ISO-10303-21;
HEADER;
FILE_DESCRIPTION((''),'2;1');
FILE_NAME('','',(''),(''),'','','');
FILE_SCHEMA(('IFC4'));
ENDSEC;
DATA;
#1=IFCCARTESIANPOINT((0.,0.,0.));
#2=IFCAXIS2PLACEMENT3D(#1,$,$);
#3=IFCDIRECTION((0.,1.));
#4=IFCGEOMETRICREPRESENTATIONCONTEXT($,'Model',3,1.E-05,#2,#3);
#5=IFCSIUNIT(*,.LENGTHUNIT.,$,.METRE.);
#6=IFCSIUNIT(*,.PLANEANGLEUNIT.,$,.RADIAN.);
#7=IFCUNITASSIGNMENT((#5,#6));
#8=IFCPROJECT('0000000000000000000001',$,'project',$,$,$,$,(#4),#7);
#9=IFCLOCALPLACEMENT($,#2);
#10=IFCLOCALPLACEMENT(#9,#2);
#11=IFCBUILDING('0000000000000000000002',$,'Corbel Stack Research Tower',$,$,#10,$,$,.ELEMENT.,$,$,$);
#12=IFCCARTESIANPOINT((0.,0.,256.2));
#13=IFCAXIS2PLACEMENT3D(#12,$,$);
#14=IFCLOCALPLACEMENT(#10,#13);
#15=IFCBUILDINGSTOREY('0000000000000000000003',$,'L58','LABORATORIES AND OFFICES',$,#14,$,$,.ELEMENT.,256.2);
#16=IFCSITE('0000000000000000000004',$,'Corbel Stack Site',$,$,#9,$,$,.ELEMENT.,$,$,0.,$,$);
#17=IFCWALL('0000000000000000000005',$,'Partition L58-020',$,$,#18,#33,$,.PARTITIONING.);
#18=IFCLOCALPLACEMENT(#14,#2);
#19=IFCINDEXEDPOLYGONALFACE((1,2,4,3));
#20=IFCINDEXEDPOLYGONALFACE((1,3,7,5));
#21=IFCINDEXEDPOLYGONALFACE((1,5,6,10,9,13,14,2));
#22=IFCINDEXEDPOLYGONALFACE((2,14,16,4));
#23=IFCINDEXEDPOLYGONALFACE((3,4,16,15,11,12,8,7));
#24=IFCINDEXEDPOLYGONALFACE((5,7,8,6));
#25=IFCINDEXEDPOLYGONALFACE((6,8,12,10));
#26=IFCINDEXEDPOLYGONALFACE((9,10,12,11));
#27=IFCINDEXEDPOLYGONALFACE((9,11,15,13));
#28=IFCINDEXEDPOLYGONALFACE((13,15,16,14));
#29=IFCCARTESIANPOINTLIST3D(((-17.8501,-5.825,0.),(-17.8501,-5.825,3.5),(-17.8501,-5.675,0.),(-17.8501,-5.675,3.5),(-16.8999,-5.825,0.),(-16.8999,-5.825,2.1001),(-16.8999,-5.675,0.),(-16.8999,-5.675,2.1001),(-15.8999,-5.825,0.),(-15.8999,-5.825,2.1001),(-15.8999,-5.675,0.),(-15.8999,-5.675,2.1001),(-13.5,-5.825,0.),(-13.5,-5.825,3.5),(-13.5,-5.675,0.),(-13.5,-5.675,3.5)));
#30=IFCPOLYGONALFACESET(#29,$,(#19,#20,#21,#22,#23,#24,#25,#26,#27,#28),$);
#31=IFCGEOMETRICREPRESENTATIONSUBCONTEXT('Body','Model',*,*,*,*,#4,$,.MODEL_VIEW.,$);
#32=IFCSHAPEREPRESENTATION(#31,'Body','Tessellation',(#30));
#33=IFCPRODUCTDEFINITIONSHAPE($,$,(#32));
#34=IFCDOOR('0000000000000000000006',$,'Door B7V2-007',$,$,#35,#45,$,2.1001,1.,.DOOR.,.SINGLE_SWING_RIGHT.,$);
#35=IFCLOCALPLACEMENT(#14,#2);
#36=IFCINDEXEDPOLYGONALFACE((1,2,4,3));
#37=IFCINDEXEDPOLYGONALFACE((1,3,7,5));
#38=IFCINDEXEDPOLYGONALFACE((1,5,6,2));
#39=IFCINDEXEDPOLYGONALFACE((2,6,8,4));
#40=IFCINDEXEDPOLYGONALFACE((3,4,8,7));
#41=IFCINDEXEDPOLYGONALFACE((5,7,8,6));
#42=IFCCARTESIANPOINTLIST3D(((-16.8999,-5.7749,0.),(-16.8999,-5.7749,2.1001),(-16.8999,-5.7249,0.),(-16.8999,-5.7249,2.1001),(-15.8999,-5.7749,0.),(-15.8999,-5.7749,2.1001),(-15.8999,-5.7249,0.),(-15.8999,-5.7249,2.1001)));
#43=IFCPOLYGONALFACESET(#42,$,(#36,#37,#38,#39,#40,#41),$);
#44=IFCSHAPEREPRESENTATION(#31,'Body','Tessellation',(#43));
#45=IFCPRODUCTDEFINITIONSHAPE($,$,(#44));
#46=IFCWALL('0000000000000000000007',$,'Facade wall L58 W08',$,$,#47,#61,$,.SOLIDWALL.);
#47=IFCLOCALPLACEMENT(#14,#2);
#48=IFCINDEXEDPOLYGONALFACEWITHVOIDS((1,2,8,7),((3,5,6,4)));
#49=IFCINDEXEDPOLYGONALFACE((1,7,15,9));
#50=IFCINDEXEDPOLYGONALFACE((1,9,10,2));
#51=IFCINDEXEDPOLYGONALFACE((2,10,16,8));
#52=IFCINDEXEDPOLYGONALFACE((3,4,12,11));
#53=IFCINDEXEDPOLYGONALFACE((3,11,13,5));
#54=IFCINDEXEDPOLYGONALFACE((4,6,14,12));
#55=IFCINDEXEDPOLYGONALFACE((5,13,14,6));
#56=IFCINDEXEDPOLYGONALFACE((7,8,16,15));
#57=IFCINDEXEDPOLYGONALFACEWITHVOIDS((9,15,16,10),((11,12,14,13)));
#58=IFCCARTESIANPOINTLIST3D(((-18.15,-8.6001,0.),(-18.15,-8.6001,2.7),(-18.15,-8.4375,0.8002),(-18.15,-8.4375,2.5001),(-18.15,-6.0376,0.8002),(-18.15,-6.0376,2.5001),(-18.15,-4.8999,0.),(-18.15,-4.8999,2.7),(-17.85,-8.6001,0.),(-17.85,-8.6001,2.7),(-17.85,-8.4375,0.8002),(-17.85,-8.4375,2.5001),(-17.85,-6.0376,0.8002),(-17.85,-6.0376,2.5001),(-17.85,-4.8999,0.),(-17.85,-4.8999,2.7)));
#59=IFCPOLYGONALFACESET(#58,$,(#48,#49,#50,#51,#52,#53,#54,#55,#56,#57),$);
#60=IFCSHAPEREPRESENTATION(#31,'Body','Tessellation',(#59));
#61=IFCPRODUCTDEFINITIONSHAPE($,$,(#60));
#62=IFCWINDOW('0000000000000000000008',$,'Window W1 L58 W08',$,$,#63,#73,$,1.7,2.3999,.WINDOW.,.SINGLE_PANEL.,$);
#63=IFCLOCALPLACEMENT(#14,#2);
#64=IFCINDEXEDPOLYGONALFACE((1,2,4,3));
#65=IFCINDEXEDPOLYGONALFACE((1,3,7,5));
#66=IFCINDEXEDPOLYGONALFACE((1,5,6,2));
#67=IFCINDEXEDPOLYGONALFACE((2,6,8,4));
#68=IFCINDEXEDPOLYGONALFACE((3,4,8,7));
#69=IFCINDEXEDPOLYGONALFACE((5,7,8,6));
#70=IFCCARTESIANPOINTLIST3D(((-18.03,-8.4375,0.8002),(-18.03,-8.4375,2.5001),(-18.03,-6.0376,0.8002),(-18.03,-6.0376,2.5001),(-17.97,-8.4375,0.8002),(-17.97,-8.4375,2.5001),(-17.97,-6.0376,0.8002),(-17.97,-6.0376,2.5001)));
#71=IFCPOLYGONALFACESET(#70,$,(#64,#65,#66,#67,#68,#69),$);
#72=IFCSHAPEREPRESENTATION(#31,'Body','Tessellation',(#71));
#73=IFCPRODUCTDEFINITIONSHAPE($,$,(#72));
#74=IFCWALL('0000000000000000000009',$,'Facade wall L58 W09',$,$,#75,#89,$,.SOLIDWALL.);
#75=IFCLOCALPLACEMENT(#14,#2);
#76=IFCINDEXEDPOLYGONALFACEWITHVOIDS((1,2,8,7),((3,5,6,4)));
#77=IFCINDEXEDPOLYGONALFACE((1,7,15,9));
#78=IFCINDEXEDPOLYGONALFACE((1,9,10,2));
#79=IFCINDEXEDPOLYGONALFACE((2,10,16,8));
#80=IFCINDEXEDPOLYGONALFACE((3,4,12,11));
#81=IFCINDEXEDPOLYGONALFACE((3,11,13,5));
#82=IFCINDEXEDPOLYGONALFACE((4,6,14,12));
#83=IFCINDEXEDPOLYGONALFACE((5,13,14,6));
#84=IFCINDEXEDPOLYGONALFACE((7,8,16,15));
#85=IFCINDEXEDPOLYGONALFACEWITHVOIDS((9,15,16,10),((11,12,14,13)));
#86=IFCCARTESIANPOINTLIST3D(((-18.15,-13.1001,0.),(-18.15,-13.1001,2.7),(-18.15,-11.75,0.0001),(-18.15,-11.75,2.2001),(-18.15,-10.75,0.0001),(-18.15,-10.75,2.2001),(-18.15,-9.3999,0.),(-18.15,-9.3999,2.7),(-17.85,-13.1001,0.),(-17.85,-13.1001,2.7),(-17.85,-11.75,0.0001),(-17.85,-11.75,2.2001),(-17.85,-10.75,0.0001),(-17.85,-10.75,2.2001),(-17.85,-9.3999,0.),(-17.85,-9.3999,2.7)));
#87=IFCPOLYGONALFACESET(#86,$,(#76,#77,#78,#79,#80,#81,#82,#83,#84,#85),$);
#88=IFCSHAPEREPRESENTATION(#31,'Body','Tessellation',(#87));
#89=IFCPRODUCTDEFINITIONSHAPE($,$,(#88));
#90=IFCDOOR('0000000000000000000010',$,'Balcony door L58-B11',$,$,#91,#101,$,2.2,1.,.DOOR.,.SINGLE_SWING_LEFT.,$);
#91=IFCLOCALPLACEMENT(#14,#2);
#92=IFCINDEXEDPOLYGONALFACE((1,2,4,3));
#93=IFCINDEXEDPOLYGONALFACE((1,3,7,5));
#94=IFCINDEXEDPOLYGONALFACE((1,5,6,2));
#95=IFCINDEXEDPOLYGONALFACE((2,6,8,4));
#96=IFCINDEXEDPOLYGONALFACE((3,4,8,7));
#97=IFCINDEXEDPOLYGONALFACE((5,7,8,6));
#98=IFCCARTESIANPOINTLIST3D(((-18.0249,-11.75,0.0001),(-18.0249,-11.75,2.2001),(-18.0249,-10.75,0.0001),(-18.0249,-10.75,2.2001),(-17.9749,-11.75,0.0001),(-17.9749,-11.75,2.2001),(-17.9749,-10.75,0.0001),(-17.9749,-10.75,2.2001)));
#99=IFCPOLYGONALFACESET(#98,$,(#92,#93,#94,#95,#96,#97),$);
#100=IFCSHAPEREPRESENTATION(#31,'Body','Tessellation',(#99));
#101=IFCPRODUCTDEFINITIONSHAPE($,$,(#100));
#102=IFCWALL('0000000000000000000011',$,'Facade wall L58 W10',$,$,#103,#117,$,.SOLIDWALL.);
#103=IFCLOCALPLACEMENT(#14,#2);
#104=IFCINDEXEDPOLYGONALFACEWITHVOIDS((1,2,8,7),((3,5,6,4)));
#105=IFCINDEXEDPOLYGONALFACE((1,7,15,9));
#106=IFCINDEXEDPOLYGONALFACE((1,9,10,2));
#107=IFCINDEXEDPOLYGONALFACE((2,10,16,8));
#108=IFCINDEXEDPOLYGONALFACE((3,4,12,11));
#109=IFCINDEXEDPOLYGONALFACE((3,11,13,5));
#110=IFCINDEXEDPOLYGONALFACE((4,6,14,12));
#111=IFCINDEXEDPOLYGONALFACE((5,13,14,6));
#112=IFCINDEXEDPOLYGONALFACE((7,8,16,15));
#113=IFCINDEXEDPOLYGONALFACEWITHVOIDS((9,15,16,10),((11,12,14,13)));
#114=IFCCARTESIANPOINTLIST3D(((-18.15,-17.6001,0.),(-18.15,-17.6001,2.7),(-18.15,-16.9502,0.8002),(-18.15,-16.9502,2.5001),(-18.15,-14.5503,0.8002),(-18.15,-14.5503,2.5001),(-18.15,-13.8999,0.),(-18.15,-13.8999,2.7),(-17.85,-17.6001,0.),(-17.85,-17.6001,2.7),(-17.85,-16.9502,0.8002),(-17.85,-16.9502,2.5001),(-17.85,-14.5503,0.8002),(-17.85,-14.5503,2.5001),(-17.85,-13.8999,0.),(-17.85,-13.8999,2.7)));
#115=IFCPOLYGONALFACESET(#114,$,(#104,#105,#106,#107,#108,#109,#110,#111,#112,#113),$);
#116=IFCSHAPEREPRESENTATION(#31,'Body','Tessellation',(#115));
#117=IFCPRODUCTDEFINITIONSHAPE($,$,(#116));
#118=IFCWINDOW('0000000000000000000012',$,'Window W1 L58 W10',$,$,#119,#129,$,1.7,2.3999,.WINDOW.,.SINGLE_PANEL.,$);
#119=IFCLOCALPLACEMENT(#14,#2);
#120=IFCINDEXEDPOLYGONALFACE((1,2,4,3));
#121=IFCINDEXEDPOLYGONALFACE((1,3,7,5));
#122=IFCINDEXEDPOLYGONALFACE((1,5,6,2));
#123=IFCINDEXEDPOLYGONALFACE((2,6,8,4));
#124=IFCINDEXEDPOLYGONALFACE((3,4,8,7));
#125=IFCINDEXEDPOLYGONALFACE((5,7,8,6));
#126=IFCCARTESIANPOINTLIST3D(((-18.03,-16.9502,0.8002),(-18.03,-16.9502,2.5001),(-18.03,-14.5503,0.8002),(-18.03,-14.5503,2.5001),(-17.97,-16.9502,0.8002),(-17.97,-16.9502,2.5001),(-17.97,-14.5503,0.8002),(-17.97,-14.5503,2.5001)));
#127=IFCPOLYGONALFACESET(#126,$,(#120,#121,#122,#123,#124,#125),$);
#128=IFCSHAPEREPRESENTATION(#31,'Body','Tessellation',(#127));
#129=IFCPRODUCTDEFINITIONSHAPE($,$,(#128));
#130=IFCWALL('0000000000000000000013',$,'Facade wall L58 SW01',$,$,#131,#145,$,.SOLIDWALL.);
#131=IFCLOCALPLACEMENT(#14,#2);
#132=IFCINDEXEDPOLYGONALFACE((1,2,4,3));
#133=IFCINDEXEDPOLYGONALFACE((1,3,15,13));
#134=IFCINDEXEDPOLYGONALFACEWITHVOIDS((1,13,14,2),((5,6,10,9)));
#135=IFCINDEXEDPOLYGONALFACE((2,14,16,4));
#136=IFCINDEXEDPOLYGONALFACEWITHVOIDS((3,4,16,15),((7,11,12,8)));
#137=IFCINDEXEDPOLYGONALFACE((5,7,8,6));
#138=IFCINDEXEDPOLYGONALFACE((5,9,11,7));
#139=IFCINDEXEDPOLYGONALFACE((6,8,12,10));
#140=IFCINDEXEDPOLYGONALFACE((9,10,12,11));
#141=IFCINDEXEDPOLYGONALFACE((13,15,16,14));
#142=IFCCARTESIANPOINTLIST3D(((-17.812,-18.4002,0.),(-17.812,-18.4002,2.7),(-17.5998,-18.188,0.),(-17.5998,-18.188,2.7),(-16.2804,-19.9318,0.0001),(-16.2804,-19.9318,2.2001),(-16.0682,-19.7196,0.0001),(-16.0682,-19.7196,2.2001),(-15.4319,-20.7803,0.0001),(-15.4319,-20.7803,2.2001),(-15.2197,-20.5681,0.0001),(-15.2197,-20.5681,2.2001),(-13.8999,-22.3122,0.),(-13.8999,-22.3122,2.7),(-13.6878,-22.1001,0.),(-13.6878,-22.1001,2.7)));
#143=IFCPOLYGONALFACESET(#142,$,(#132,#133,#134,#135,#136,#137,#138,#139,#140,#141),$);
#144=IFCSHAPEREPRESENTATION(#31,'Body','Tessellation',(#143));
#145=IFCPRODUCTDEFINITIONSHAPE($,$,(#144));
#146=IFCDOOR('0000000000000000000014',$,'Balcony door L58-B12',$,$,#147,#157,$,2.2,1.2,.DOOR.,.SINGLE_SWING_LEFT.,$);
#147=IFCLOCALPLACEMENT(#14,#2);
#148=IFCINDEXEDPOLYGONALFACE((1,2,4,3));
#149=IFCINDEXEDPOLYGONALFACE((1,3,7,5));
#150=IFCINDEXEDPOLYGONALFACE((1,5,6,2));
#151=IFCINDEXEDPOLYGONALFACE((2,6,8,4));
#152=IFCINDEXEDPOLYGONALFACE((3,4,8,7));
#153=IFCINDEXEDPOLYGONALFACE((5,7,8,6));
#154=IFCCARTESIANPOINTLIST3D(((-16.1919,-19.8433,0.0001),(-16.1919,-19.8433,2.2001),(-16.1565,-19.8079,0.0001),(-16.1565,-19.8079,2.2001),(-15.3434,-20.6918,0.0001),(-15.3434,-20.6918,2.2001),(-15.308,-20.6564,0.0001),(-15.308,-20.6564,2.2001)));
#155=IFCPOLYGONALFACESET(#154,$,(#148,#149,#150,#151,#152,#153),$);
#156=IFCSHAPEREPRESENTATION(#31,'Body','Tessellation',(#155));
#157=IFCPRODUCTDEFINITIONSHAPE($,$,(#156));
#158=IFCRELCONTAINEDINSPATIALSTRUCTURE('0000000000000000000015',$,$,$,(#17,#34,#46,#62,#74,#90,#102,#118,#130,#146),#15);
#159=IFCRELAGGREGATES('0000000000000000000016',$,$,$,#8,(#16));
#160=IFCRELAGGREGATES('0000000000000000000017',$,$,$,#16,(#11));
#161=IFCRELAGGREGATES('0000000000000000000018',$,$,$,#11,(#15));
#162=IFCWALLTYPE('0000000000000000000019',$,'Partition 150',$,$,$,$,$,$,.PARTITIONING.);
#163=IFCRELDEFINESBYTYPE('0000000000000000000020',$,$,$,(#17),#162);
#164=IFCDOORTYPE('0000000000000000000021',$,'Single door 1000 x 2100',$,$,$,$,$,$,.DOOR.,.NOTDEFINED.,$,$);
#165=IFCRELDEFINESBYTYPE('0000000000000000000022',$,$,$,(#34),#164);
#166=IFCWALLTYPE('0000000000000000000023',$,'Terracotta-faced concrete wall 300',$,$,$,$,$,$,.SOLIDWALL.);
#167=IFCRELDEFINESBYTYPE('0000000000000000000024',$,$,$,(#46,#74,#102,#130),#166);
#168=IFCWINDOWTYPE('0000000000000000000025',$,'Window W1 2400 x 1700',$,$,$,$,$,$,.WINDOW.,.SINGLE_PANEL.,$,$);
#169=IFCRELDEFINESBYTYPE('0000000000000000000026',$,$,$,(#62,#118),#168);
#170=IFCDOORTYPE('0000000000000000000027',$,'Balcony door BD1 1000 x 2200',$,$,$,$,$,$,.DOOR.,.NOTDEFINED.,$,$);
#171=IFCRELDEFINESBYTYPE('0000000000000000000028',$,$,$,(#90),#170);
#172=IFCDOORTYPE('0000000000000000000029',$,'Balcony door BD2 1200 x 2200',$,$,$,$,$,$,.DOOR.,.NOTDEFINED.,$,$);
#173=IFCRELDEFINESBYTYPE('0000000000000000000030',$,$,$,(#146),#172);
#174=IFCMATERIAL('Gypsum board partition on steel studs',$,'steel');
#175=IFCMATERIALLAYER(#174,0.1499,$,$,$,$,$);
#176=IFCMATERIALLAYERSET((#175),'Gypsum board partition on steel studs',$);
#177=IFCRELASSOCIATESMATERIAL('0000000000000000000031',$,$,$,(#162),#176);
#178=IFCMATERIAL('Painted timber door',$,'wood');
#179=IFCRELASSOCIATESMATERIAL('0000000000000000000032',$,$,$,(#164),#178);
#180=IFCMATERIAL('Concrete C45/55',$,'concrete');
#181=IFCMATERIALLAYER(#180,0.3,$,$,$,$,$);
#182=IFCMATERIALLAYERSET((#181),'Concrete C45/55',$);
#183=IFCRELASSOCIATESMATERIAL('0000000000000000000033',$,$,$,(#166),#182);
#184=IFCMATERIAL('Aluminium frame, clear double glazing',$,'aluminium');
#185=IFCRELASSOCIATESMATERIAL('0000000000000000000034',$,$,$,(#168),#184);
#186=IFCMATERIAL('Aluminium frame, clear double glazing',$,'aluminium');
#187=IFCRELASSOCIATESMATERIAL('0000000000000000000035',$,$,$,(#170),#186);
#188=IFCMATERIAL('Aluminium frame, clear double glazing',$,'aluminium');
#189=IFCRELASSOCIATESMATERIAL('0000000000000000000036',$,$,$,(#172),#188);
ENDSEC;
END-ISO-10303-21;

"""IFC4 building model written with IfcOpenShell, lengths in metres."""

from ifc_helpers import new_model, si_unit, direction, frame, frame_2d, origin, place, context, subcontext, project, spatial, rectangle, extrude, material, layer, layer_set, type_object, element, fill, save


model = new_model("IFC4")

# Units and contexts
model_context = context("Model", 3, precision=1e-05, world=origin(), true_north=direction((0.0, 1.0)))
body_context = subcontext(model_context, "Body", "Model", "MODEL_VIEW")
ifc_project = project(units=[si_unit("LENGTHUNIT", "METRE"), si_unit("PLANEANGLEUNIT", "RADIAN")], contexts=[model_context])

# Site, building, storey
site_placement = place(None, origin())
site = spatial("IfcSite", under=ifc_project, at=site_placement, Name="Corbel Stack Site", CompositionType="ELEMENT", RefElevation=0.0)
building_placement = place(site_placement, origin())
building = spatial("IfcBuilding", under=site, at=building_placement, Name="Corbel Stack Research Tower", CompositionType="ELEMENT")
storey_placement = place(building_placement, frame((0.0, 0.0, 256.2)))
storey = spatial("IfcBuildingStorey", under=building, at=storey_placement, Name="L58", Description="LABORATORIES AND OFFICES", CompositionType="ELEMENT", Elevation=256.2)

# Shared definitions
ifc_material_1 = material(Name="Gypsum board partition on steel studs", Category="steel")
ifc_layer_1 = layer(ifc_material_1, 0.1499)
ifc_layer_set_1 = layer_set([ifc_layer_1], Name="Gypsum board partition on steel studs")
wall_type_1 = type_object("IfcWallType", Name="Partition 150", PredefinedType="PARTITIONING", material=ifc_layer_set_1)

# Wall, opening, door
wall_1_placement = place(storey_placement, frame((-13.5, -5.75, 0.0), z_axis=(0.0, 0.0, 1.0), x_axis=(-1.0, 0.0, 0.0)))
wall_1 = element("IfcWall", 1, at=wall_1_placement, inside=storey, type_object=wall_type_1, Name="Partition L58-020", PredefinedType="PARTITIONING", context=body_context, shape_type="SweptSolid", body=[
    extrude(rectangle(XDim=4.3501, YDim=0.1499, at=frame_2d((2.175, 0.0))), origin(), (0.0, 0.0, 1.0), 3.5),
])
opening_1_placement = place(wall_1_placement, frame((2.3999, 0.0, 0.0)))
opening_1 = element("IfcOpeningElement", 2, at=opening_1_placement, cuts=wall_1, PredefinedType="OPENING", context=body_context, shape_type="SweptSolid", body=[
    extrude(rectangle(XDim=1.0, YDim=2.1001, at=frame_2d((0.5, 1.05))), frame((0.0, 0.085, 0.0), z_axis=(0.0, -1.0, 0.0), x_axis=(1.0, 0.0, 0.0)), (0.0, 0.0, 1.0), 0.1699),
])
ifc_material_2 = material(Name="Painted timber door", Category="wood")
door_type_1 = type_object("IfcDoorType", Name="Single door 1000 x 2100", OperationType="NOTDEFINED", PredefinedType="DOOR", material=ifc_material_2)
door_1_placement = place(opening_1_placement, origin())
door_1 = element("IfcDoor", 3, at=door_1_placement, inside=storey, type_object=door_type_1, Name="Door B7V2-007", OperationType="SINGLE_SWING_RIGHT", OverallHeight=2.1001, OverallWidth=1.0, PredefinedType="DOOR", context=body_context, shape_type="SweptSolid", body=[
    extrude(rectangle(XDim=1.0, YDim=2.1001, at=frame_2d((0.5, 1.05))), frame((0.0, 0.0249, 0.0), z_axis=(0.0, -1.0, 0.0), x_axis=(1.0, 0.0, 0.0)), (0.0, 0.0, 1.0), 0.05),
])
fill(opening_1, door_1)

# Wall, opening, window
ifc_material_3 = material(Name="Concrete C45/55", Category="concrete")
ifc_layer_2 = layer(ifc_material_3, 0.3)
ifc_layer_set_2 = layer_set([ifc_layer_2], Name="Concrete C45/55")
wall_type_2 = type_object("IfcWallType", Name="Terracotta-faced concrete wall 300", PredefinedType="SOLIDWALL", material=ifc_layer_set_2)
wall_2_placement = place(storey_placement, frame((-18.0, -8.6001, 0.0), z_axis=(0.0, 0.0, 1.0), x_axis=(0.0, 1.0, 0.0)))
wall_2 = element("IfcWall", 4, at=wall_2_placement, inside=storey, type_object=wall_type_2, Name="Facade wall L58 W08", PredefinedType="SOLIDWALL", context=body_context, shape_type="SweptSolid", body=[
    extrude(rectangle(XDim=3.7002, YDim=0.3, at=frame_2d((1.8501, 0.0))), origin(), (0.0, 0.0, 1.0), 2.7),
])
opening_2_placement = place(wall_2_placement, frame((0.1626, 0.0, 0.8)))
opening_2 = element("IfcOpeningElement", 5, at=opening_2_placement, cuts=wall_2, PredefinedType="OPENING", context=body_context, shape_type="SweptSolid", body=[
    extrude(rectangle(XDim=2.3999, YDim=1.7, at=frame_2d((1.2, 0.8501))), frame((0.0, 0.1599, 0.0), z_axis=(0.0, -1.0, 0.0), x_axis=(1.0, 0.0, 0.0)), (0.0, 0.0, 1.0), 0.3201),
])
ifc_material_4 = material(Name="Aluminium frame, clear double glazing", Category="aluminium")
window_type = type_object("IfcWindowType", Name="Window W1 2400 x 1700", PartitioningType="SINGLE_PANEL", PredefinedType="WINDOW", material=ifc_material_4)
window_1_placement = place(opening_2_placement, origin())
window_1 = element("IfcWindow", 6, at=window_1_placement, inside=storey, type_object=window_type, Name="Window W1 L58 W08", OverallHeight=1.7, OverallWidth=2.3999, PartitioningType="SINGLE_PANEL", PredefinedType="WINDOW", context=body_context, shape_type="SweptSolid", body=[
    extrude(rectangle(XDim=2.3999, YDim=1.7, at=frame_2d((1.2, 0.8501))), frame((0.0, 0.03, 0.0), z_axis=(0.0, -1.0, 0.0), x_axis=(1.0, 0.0, 0.0)), (0.0, 0.0, 1.0), 0.0601),
])
fill(opening_2, window_1)

# Wall, opening, door
wall_3_placement = place(storey_placement, frame((-18.0, -13.1001, 0.0), z_axis=(0.0, 0.0, 1.0), x_axis=(0.0, 1.0, 0.0)))
wall_3 = element("IfcWall", 7, at=wall_3_placement, inside=storey, type_object=wall_type_2, Name="Facade wall L58 W09", PredefinedType="SOLIDWALL", context=body_context, shape_type="SweptSolid", body=[
    extrude(rectangle(XDim=3.7002, YDim=0.3, at=frame_2d((1.8501, 0.0))), origin(), (0.0, 0.0, 1.0), 2.7),
])
opening_3_placement = place(wall_3_placement, frame((1.3501, 0.0, 0.0)))
opening_3 = element("IfcOpeningElement", 8, at=opening_3_placement, cuts=wall_3, PredefinedType="OPENING", context=body_context, shape_type="SweptSolid", body=[
    extrude(rectangle(XDim=1.0, YDim=2.2, at=frame_2d((0.5, 1.1001))), frame((0.0, 0.1599, 0.0), z_axis=(0.0, -1.0, 0.0), x_axis=(1.0, 0.0, 0.0)), (0.0, 0.0, 1.0), 0.3201),
])
ifc_material_5 = material(Name="Aluminium frame, clear double glazing", Category="aluminium")
door_type_2 = type_object("IfcDoorType", Name="Balcony door BD1 1000 x 2200", OperationType="NOTDEFINED", PredefinedType="DOOR", material=ifc_material_5)
door_2_placement = place(opening_3_placement, origin())
door_2 = element("IfcDoor", 9, at=door_2_placement, inside=storey, type_object=door_type_2, Name="Balcony door L58-B11", OperationType="SINGLE_SWING_LEFT", OverallHeight=2.2, OverallWidth=1.0, PredefinedType="DOOR", context=body_context, shape_type="SweptSolid", body=[
    extrude(rectangle(XDim=1.0, YDim=2.2, at=frame_2d((0.5, 1.1001))), frame((0.0, 0.0249, 0.0), z_axis=(0.0, -1.0, 0.0), x_axis=(1.0, 0.0, 0.0)), (0.0, 0.0, 1.0), 0.05),
])
fill(opening_3, door_2)

# Wall, opening, window
wall_4_placement = place(storey_placement, frame((-18.0, -17.6001, 0.0), z_axis=(0.0, 0.0, 1.0), x_axis=(0.0, 1.0, 0.0)))
wall_4 = element("IfcWall", 10, at=wall_4_placement, inside=storey, type_object=wall_type_2, Name="Facade wall L58 W10", PredefinedType="SOLIDWALL", context=body_context, shape_type="SweptSolid", body=[
    extrude(rectangle(XDim=3.7002, YDim=0.3, at=frame_2d((1.8501, 0.0))), origin(), (0.0, 0.0, 1.0), 2.7),
])
opening_4_placement = place(wall_4_placement, frame((0.6499, 0.0, 0.8)))
opening_4 = element("IfcOpeningElement", 11, at=opening_4_placement, cuts=wall_4, PredefinedType="OPENING", context=body_context, shape_type="SweptSolid", body=[
    extrude(rectangle(XDim=2.3999, YDim=1.7, at=frame_2d((1.2, 0.8501))), frame((0.0, 0.1599, 0.0), z_axis=(0.0, -1.0, 0.0), x_axis=(1.0, 0.0, 0.0)), (0.0, 0.0, 1.0), 0.3201),
])
window_2_placement = place(opening_4_placement, origin())
window_2 = element("IfcWindow", 12, at=window_2_placement, inside=storey, type_object=window_type, Name="Window W1 L58 W10", OverallHeight=1.7, OverallWidth=2.3999, PartitioningType="SINGLE_PANEL", PredefinedType="WINDOW", context=body_context, shape_type="SweptSolid", body=[
    extrude(rectangle(XDim=2.3999, YDim=1.7, at=frame_2d((1.2, 0.8501))), frame((0.0, 0.03, 0.0), z_axis=(0.0, -1.0, 0.0), x_axis=(1.0, 0.0, 0.0)), (0.0, 0.0, 1.0), 0.0601),
])
fill(opening_4, window_2)

# Wall, opening, door
wall_5_placement = place(storey_placement, frame((-13.7939, -22.2061, 0.0), z_axis=(0.0, 0.0, 1.0), x_axis=(-0.707107, 0.707107, 0.0)))
wall_5 = element("IfcWall", 13, at=wall_5_placement, inside=storey, type_object=wall_type_2, Name="Facade wall L58 SW01", PredefinedType="SOLIDWALL", context=body_context, shape_type="SweptSolid", body=[
    extrude(rectangle(XDim=5.5325, YDim=0.3, at=frame_2d((2.7661, 0.0))), origin(), (0.0, 0.0, 1.0), 2.7),
])
opening_5_placement = place(wall_5_placement, frame((2.1663, 0.0, 0.0)))
opening_5 = element("IfcOpeningElement", 14, at=opening_5_placement, cuts=wall_5, PredefinedType="OPENING", context=body_context, shape_type="SweptSolid", body=[
    extrude(rectangle(XDim=1.2, YDim=2.2, at=frame_2d((0.6001, 1.1001))), frame((0.0, 0.1599, 0.0), z_axis=(0.0, -1.0, 0.0), x_axis=(1.0, 0.0, 0.0)), (0.0, 0.0, 1.0), 0.3201),
])
ifc_material_6 = material(Name="Aluminium frame, clear double glazing", Category="aluminium")
door_type_3 = type_object("IfcDoorType", Name="Balcony door BD2 1200 x 2200", OperationType="NOTDEFINED", PredefinedType="DOOR", material=ifc_material_6)
door_3_placement = place(opening_5_placement, origin())
door_3 = element("IfcDoor", 15, at=door_3_placement, inside=storey, type_object=door_type_3, Name="Balcony door L58-B12", OperationType="SINGLE_SWING_LEFT", OverallHeight=2.2, OverallWidth=1.2, PredefinedType="DOOR", context=body_context, shape_type="SweptSolid", body=[
    extrude(rectangle(XDim=1.2, YDim=2.2, at=frame_2d((0.6001, 1.1001))), frame((0.0, 0.0249, 0.0), z_axis=(0.0, -1.0, 0.0), x_axis=(1.0, 0.0, 0.0)), (0.0, 0.0, 1.0), 0.05),
])
fill(opening_5, door_3)

save(model, "model.ifc")
